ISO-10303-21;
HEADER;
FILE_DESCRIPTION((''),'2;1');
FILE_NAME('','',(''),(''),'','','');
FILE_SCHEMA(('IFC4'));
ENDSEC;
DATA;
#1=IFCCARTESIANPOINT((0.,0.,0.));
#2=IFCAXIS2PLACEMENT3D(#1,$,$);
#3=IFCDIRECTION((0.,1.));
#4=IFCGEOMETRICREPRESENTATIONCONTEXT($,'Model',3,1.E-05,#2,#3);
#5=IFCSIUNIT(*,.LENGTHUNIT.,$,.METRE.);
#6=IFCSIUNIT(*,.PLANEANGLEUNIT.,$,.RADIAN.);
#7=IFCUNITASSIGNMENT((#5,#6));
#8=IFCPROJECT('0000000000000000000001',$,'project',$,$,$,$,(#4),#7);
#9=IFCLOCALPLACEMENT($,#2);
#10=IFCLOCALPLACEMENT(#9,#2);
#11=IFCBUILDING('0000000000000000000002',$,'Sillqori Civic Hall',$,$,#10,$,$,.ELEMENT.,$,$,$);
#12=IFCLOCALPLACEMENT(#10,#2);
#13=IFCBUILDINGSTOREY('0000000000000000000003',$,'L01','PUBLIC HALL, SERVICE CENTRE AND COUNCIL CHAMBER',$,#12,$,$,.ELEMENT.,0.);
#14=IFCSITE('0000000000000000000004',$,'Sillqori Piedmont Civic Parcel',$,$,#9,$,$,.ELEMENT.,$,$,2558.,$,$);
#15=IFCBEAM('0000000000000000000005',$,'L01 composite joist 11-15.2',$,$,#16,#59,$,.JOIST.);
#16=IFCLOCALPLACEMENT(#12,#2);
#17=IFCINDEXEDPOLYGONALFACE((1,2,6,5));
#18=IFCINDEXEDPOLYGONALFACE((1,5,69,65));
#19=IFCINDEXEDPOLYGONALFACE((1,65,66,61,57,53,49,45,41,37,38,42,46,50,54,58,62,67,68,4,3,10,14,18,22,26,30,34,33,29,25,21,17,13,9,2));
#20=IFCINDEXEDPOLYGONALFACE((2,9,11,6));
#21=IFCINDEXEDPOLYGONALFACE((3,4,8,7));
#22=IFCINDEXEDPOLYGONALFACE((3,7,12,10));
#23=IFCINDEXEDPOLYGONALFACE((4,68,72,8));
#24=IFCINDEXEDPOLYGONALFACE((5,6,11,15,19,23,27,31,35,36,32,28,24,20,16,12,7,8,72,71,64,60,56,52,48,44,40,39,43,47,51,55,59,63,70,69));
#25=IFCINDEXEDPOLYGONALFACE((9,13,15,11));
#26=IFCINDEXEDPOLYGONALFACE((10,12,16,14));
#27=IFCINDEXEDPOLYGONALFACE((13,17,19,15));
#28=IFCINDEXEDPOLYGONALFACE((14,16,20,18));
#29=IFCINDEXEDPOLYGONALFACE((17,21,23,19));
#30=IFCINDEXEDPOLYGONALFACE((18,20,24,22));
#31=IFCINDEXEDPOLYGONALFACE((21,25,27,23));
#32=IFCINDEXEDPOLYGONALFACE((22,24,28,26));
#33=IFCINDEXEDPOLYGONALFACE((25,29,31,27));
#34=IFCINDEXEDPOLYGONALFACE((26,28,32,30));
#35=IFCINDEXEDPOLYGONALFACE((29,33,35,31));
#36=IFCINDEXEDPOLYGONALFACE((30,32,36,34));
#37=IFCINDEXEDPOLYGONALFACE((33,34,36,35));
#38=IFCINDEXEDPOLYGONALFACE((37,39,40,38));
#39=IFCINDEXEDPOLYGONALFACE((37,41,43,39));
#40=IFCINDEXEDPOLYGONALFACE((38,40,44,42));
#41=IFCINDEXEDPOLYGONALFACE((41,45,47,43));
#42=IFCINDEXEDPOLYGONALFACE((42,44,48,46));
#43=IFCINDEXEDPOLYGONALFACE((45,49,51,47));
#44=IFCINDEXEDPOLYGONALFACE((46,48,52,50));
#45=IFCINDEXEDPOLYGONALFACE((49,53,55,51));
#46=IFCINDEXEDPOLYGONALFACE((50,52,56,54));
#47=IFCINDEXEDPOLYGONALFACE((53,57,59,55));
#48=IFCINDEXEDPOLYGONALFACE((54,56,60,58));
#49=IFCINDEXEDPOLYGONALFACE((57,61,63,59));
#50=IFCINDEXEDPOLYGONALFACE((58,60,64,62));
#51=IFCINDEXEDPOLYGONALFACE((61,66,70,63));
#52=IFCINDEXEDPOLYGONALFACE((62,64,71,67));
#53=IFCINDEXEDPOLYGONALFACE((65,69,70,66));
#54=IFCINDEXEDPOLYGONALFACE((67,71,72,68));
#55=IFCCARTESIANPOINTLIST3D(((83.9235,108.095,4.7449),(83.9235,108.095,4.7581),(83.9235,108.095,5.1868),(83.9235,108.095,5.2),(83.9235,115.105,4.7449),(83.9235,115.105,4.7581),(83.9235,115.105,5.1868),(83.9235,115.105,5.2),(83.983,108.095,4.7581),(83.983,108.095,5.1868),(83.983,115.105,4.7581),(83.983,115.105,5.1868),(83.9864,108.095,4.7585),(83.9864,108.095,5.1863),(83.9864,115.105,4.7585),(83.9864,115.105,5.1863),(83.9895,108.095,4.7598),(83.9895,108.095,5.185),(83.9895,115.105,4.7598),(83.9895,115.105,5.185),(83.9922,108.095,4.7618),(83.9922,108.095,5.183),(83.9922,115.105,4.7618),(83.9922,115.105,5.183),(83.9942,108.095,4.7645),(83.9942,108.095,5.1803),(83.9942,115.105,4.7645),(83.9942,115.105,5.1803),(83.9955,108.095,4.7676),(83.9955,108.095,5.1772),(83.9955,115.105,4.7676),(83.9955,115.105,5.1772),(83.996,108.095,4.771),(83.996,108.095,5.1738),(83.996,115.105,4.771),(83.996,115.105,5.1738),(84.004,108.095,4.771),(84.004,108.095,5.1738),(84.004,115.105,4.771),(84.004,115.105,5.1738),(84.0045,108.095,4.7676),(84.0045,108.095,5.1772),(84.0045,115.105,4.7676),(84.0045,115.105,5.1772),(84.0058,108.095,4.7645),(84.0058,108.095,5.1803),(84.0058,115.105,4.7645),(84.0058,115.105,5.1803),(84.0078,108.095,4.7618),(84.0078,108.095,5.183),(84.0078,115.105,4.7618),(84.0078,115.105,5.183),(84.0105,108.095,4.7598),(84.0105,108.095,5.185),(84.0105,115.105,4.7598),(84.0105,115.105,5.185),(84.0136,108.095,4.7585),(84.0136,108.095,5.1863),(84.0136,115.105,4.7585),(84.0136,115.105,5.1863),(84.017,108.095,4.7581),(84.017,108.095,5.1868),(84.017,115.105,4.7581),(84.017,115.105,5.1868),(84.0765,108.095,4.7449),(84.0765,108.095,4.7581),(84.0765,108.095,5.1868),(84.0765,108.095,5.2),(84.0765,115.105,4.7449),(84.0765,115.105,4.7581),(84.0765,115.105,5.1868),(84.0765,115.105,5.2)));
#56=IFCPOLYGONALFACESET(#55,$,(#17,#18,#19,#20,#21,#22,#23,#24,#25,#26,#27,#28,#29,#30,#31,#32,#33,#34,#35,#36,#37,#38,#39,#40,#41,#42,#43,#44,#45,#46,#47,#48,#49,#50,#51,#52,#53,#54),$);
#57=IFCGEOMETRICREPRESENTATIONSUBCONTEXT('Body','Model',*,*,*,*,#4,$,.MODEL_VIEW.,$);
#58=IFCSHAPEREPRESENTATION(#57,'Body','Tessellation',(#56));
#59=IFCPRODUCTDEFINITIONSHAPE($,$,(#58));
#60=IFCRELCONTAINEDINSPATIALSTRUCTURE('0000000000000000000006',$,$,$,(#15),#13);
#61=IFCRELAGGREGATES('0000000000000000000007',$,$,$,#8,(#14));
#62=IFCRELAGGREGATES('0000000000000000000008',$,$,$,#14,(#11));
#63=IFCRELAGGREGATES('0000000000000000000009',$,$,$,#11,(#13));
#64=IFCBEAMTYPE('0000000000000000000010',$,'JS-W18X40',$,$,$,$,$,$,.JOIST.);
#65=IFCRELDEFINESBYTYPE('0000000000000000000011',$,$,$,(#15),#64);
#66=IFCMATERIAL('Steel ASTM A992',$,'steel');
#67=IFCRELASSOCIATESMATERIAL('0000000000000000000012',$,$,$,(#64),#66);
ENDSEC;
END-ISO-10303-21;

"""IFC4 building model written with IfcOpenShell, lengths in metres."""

from ifc_helpers import new_model, si_unit, direction, frame, origin, origin_2d, place, context, subcontext, project, spatial, i_section, extrude, material, material_profile, profile_set, type_object, element, save


model = new_model("IFC4")

# Units and contexts
model_context = context("Model", 3, precision=1e-05, world=origin(), true_north=direction((0.0, 1.0)))
body_context = subcontext(model_context, "Body", "Model", "MODEL_VIEW")
ifc_project = project(units=[si_unit("LENGTHUNIT", "METRE"), si_unit("PLANEANGLEUNIT", "RADIAN")], contexts=[model_context])

# Site, building, storey
site_placement = place(None, origin())
site = spatial("IfcSite", under=ifc_project, at=site_placement, Name="Sillqori Piedmont Civic Parcel", CompositionType="ELEMENT", RefElevation=2558.0)
building_placement = place(site_placement, origin())
building = spatial("IfcBuilding", under=site, at=building_placement, Name="Sillqori Civic Hall", CompositionType="ELEMENT")
storey_placement = place(building_placement, origin())
storey = spatial("IfcBuildingStorey", under=building, at=storey_placement, Name="L01", Description="PUBLIC HALL, SERVICE CENTRE AND COUNCIL CHAMBER", CompositionType="ELEMENT", Elevation=0.0)

# Shared definitions
ifc_material_1 = material(Name="Steel ASTM A992", Category="steel")

# Beam
ifc_material_profile_1 = material_profile(ifc_material_1, i_section(OverallWidth=0.1531, OverallDepth=0.4551, WebThickness=0.0081, FlangeThickness=0.0132, FilletRadius=0.0129, at=origin_2d()), Name="W18X40")
ifc_profile_set_1 = profile_set([ifc_material_profile_1], Name="Steel ASTM A992")
beam_type_1 = type_object("IfcBeamType", Name="JS-W18X40", PredefinedType="JOIST", material=ifc_profile_set_1)
for number, where, z_axis, x_axis, name in (
    (1, (84.0, 108.095, 4.9724), (0.0, 1.0, 0.0), (-1.0, 0.0, 0.0), "L01 composite joist 11-15.2"),
):
    element("IfcBeam", number, at=place(storey_placement, frame(where, z_axis=z_axis, x_axis=x_axis)), inside=storey, type_object=beam_type_1, Name=name, PredefinedType="JOIST", context=body_context, shape_type="SweptSolid", body=[
        extrude(i_section(OverallWidth=0.1531, OverallDepth=0.4551, WebThickness=0.0081, FlangeThickness=0.0132, FilletRadius=0.0129, at=origin_2d()), origin(), (0.0, 0.0, 1.0), 7.01),
    ])

save(model, "model.ifc")
